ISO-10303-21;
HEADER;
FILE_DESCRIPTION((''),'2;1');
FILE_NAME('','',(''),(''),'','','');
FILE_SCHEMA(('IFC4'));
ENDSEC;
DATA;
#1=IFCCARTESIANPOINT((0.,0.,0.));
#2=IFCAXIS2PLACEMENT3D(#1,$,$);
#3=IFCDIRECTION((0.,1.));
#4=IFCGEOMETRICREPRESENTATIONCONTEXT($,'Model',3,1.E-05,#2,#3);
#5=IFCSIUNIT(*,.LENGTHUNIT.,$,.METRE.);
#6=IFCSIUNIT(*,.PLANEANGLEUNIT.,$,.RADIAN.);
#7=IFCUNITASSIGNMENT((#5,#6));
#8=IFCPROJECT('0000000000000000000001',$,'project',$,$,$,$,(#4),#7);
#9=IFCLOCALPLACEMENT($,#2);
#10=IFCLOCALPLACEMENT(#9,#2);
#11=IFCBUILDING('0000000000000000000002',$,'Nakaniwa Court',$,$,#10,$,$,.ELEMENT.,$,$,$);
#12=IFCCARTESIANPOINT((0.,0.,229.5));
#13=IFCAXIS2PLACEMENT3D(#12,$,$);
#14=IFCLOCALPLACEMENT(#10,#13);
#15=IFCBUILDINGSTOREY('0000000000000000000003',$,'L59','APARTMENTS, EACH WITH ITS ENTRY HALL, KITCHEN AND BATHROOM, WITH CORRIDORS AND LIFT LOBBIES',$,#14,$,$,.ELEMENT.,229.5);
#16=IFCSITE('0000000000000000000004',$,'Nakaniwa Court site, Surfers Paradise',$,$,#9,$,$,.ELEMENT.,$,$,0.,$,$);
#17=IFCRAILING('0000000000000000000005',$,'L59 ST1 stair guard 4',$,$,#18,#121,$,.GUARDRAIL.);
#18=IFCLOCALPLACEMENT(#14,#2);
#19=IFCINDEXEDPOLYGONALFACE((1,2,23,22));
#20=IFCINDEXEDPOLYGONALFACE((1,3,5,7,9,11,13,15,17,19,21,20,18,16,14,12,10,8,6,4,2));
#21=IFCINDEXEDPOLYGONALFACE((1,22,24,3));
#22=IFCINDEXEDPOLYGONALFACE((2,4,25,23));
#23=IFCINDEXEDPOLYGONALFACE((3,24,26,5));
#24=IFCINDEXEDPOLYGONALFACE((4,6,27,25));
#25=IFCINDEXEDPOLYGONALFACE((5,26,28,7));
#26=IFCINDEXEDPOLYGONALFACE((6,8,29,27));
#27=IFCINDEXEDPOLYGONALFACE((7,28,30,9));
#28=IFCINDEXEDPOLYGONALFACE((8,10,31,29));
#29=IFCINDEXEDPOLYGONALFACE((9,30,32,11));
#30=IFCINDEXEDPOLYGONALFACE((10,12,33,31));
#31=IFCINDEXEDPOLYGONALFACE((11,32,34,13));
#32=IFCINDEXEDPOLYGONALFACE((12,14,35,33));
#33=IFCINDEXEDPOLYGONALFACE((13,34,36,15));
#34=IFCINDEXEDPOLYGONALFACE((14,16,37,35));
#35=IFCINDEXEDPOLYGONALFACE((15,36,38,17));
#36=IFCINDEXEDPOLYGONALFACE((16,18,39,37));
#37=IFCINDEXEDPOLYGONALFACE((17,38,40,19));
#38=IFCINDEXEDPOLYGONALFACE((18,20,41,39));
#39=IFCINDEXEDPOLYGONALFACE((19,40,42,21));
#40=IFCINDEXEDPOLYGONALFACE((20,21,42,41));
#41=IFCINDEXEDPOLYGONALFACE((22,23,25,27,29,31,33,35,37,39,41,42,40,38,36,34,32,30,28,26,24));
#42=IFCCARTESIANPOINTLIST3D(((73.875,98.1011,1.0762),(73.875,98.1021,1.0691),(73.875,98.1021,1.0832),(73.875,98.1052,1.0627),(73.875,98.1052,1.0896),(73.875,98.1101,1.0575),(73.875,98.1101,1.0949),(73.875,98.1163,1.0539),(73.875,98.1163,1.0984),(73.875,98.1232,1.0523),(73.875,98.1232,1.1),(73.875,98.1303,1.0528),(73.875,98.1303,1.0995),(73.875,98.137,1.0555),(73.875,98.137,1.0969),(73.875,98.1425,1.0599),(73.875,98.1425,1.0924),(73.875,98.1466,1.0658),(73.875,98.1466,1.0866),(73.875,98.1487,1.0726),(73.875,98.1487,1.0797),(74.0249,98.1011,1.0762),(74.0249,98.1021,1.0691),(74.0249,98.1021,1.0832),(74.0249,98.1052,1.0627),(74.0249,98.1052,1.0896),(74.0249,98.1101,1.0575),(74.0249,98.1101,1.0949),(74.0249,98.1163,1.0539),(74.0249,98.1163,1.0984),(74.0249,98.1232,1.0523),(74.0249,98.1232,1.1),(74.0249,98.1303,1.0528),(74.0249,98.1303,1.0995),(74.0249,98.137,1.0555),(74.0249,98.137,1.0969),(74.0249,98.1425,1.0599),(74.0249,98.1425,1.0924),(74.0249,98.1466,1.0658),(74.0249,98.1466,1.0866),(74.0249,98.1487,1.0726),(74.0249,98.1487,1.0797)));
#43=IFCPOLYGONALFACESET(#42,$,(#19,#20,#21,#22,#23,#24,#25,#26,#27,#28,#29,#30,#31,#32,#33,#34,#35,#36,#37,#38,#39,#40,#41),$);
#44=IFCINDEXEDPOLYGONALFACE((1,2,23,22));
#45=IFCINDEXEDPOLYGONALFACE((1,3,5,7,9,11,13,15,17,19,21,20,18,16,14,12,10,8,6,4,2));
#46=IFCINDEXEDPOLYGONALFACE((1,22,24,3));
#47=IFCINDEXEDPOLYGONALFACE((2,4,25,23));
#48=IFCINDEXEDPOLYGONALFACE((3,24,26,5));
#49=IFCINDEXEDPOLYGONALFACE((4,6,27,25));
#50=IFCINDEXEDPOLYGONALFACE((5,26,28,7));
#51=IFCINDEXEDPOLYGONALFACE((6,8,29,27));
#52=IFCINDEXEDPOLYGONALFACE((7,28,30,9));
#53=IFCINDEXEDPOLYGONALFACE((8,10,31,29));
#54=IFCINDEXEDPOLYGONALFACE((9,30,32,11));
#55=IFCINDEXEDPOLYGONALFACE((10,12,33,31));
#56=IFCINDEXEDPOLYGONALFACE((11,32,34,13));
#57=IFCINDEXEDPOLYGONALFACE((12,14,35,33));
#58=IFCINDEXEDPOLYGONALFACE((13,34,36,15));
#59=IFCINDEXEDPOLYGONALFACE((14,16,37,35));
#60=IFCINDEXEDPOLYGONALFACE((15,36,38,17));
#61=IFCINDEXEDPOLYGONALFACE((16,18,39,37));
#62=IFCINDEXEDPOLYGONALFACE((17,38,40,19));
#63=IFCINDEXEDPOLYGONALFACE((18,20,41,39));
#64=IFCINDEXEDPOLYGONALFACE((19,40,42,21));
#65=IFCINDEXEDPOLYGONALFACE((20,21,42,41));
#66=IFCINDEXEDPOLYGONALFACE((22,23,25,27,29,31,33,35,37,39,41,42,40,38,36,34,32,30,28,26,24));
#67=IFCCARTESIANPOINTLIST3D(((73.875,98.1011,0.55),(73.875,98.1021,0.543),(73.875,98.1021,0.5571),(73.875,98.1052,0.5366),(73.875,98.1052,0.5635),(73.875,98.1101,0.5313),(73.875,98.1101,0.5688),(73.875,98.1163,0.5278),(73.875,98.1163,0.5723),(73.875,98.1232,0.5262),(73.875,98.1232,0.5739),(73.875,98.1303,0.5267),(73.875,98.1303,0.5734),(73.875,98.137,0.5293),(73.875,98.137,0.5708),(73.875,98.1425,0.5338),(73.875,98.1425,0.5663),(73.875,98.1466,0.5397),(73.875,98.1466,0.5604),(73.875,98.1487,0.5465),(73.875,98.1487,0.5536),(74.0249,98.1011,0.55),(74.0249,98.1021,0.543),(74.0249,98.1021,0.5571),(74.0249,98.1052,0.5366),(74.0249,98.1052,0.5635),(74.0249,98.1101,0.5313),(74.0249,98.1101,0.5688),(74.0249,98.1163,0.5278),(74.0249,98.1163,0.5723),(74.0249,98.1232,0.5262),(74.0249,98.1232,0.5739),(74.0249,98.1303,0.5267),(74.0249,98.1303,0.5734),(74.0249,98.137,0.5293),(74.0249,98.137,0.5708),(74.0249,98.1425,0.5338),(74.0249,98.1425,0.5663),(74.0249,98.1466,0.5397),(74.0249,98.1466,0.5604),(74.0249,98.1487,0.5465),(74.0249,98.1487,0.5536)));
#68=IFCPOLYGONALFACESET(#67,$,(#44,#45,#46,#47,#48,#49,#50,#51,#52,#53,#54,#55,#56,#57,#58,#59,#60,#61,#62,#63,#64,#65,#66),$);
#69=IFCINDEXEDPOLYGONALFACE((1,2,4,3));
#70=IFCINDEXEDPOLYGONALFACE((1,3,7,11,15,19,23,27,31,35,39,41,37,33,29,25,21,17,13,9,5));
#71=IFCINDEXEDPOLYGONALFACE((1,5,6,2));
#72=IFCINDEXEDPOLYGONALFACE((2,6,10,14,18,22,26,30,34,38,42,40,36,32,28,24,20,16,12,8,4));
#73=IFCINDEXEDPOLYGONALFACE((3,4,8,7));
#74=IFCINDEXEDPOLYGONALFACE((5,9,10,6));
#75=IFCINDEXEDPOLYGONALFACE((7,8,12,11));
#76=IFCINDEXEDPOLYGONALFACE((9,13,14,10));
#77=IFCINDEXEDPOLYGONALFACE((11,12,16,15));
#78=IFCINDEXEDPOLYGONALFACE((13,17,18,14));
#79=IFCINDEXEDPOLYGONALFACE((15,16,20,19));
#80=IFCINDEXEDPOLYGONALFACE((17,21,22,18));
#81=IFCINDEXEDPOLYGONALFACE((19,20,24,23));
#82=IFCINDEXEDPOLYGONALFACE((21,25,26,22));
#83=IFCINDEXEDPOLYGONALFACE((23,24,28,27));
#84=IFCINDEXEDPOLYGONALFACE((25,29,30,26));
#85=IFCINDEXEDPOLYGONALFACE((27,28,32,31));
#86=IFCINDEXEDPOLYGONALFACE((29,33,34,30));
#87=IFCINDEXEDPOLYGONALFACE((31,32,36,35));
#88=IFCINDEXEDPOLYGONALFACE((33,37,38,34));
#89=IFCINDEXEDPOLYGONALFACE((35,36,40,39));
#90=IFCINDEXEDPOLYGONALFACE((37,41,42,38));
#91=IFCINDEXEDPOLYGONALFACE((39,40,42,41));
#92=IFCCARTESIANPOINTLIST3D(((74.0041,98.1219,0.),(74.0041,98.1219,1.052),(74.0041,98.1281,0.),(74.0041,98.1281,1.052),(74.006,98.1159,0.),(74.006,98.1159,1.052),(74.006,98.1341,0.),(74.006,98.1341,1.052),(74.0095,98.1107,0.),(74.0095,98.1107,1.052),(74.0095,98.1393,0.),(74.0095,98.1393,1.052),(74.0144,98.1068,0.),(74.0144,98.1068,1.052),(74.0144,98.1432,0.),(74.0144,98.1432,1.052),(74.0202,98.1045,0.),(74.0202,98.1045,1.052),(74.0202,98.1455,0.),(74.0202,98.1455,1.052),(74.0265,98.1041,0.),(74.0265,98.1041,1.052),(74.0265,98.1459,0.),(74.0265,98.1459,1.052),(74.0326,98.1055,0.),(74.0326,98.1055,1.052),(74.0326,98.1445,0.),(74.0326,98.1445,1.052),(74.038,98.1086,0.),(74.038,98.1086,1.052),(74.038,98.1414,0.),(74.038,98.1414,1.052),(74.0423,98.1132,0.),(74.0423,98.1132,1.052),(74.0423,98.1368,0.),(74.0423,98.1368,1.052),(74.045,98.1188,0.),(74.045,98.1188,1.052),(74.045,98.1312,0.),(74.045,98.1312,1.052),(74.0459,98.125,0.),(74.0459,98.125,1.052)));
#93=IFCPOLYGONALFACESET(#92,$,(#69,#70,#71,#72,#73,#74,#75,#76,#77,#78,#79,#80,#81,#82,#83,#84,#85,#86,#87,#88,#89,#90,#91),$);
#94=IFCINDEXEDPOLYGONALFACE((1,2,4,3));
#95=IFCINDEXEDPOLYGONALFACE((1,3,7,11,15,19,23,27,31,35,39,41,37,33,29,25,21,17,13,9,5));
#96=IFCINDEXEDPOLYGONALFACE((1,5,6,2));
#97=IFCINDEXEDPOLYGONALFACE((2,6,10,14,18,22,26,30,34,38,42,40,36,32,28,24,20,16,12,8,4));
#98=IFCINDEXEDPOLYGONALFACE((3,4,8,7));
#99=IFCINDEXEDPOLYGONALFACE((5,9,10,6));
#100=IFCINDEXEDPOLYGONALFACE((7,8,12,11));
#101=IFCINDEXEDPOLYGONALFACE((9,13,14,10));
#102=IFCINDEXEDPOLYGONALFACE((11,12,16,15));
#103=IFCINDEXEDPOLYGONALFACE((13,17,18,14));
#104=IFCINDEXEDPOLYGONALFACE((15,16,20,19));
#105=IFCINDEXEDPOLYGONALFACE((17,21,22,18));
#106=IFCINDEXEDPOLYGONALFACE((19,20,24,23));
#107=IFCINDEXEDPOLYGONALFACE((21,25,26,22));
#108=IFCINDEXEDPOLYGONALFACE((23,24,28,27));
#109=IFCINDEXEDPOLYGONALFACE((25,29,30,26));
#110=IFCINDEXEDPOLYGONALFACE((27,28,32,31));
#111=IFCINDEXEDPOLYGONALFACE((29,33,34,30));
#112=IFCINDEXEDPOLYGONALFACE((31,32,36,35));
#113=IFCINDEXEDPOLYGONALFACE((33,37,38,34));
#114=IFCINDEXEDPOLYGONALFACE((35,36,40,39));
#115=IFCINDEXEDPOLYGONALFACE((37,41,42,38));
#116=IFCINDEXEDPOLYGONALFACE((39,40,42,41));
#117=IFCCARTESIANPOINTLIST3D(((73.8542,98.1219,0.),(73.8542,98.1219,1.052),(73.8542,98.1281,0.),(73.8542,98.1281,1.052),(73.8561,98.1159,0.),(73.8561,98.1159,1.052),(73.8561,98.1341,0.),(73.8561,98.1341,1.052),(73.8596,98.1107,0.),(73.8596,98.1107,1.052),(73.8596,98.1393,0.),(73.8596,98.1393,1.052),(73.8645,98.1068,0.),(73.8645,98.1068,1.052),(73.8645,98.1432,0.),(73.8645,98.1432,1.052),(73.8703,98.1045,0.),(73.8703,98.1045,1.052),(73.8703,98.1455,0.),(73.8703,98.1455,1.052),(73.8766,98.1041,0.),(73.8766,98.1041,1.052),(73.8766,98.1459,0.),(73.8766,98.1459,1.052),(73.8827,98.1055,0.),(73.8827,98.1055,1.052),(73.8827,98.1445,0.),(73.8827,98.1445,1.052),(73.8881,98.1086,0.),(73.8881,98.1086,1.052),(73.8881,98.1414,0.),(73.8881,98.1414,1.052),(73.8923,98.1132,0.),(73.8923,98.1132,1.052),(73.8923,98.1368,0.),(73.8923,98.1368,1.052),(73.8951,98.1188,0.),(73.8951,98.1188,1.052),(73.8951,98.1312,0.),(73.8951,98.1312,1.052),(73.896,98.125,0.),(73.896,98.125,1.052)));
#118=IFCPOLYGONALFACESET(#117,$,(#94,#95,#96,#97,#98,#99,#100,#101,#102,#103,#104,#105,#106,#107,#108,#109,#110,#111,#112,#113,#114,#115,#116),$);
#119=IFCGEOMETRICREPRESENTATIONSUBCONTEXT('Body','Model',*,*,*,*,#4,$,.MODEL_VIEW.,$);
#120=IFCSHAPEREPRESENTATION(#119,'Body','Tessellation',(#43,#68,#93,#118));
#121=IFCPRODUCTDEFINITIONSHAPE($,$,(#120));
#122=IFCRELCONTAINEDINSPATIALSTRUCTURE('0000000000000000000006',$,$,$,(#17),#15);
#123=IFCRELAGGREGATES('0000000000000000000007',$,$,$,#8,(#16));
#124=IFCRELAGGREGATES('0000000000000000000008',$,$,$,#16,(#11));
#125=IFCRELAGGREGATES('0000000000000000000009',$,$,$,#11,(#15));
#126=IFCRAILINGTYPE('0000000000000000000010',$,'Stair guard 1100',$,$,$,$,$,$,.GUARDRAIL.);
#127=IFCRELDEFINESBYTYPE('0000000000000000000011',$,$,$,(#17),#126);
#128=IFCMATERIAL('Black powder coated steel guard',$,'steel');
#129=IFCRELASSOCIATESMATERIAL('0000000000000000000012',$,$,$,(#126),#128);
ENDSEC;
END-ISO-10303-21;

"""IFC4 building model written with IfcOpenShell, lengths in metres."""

from ifc_helpers import new_model, si_unit, direction, frame, origin, origin_2d, place, context, subcontext, project, spatial, circle, extrude, material, type_object, element, save


model = new_model("IFC4")

# Units and contexts
model_context = context("Model", 3, precision=1e-05, world=origin(), true_north=direction((0.0, 1.0)))
body_context = subcontext(model_context, "Body", "Model", "MODEL_VIEW")
ifc_project = project(units=[si_unit("LENGTHUNIT", "METRE"), si_unit("PLANEANGLEUNIT", "RADIAN")], contexts=[model_context])

# Site, building, storey
site_placement = place(None, origin())
site = spatial("IfcSite", under=ifc_project, at=site_placement, Name="Nakaniwa Court site, Surfers Paradise", CompositionType="ELEMENT", RefElevation=0.0)
building_placement = place(site_placement, origin())
building = spatial("IfcBuilding", under=site, at=building_placement, Name="Nakaniwa Court", CompositionType="ELEMENT")
storey_placement = place(building_placement, frame((0.0, 0.0, 229.5)))
storey = spatial("IfcBuildingStorey", under=building, at=storey_placement, Name="L59", Description="APARTMENTS, EACH WITH ITS ENTRY HALL, KITCHEN AND BATHROOM, WITH CORRIDORS AND LIFT LOBBIES", CompositionType="ELEMENT", Elevation=229.5)

# Railing
ifc_material_1 = material(Name="Black powder coated steel guard", Category="steel")
railing_type_1 = type_object("IfcRailingType", Name="Stair guard 1100", PredefinedType="GUARDRAIL", material=ifc_material_1)
railing_1_placement = place(storey_placement, frame((74.0249, 98.125, 0.0)))
element("IfcRailing", 1, at=railing_1_placement, inside=storey, type_object=railing_type_1, Name="L59 ST1 stair guard 4", PredefinedType="GUARDRAIL", context=body_context, shape_type="SweptSolid", body=[
    extrude(circle(Radius=0.0239, at=origin_2d()), frame((0.0, 0.0, 1.0762), z_axis=(-1.0, 0.0, 0.0), x_axis=(0.0, -1.0, 0.0)), (0.0, 0.0, 1.0), 0.1499),
    extrude(circle(Radius=0.0239, at=origin_2d()), frame((0.0, 0.0, 0.55), z_axis=(-1.0, 0.0, 0.0), x_axis=(0.0, -1.0, 0.0)), (0.0, 0.0, 1.0), 0.1499),
    extrude(circle(Radius=0.021, at=origin_2d()), origin(), (0.0, 0.0, 1.0), 1.052),
    extrude(circle(Radius=0.021, at=origin_2d()), frame((-0.1499, 0.0, 0.0)), (0.0, 0.0, 1.0), 1.052),
])

save(model, "model.ifc")
